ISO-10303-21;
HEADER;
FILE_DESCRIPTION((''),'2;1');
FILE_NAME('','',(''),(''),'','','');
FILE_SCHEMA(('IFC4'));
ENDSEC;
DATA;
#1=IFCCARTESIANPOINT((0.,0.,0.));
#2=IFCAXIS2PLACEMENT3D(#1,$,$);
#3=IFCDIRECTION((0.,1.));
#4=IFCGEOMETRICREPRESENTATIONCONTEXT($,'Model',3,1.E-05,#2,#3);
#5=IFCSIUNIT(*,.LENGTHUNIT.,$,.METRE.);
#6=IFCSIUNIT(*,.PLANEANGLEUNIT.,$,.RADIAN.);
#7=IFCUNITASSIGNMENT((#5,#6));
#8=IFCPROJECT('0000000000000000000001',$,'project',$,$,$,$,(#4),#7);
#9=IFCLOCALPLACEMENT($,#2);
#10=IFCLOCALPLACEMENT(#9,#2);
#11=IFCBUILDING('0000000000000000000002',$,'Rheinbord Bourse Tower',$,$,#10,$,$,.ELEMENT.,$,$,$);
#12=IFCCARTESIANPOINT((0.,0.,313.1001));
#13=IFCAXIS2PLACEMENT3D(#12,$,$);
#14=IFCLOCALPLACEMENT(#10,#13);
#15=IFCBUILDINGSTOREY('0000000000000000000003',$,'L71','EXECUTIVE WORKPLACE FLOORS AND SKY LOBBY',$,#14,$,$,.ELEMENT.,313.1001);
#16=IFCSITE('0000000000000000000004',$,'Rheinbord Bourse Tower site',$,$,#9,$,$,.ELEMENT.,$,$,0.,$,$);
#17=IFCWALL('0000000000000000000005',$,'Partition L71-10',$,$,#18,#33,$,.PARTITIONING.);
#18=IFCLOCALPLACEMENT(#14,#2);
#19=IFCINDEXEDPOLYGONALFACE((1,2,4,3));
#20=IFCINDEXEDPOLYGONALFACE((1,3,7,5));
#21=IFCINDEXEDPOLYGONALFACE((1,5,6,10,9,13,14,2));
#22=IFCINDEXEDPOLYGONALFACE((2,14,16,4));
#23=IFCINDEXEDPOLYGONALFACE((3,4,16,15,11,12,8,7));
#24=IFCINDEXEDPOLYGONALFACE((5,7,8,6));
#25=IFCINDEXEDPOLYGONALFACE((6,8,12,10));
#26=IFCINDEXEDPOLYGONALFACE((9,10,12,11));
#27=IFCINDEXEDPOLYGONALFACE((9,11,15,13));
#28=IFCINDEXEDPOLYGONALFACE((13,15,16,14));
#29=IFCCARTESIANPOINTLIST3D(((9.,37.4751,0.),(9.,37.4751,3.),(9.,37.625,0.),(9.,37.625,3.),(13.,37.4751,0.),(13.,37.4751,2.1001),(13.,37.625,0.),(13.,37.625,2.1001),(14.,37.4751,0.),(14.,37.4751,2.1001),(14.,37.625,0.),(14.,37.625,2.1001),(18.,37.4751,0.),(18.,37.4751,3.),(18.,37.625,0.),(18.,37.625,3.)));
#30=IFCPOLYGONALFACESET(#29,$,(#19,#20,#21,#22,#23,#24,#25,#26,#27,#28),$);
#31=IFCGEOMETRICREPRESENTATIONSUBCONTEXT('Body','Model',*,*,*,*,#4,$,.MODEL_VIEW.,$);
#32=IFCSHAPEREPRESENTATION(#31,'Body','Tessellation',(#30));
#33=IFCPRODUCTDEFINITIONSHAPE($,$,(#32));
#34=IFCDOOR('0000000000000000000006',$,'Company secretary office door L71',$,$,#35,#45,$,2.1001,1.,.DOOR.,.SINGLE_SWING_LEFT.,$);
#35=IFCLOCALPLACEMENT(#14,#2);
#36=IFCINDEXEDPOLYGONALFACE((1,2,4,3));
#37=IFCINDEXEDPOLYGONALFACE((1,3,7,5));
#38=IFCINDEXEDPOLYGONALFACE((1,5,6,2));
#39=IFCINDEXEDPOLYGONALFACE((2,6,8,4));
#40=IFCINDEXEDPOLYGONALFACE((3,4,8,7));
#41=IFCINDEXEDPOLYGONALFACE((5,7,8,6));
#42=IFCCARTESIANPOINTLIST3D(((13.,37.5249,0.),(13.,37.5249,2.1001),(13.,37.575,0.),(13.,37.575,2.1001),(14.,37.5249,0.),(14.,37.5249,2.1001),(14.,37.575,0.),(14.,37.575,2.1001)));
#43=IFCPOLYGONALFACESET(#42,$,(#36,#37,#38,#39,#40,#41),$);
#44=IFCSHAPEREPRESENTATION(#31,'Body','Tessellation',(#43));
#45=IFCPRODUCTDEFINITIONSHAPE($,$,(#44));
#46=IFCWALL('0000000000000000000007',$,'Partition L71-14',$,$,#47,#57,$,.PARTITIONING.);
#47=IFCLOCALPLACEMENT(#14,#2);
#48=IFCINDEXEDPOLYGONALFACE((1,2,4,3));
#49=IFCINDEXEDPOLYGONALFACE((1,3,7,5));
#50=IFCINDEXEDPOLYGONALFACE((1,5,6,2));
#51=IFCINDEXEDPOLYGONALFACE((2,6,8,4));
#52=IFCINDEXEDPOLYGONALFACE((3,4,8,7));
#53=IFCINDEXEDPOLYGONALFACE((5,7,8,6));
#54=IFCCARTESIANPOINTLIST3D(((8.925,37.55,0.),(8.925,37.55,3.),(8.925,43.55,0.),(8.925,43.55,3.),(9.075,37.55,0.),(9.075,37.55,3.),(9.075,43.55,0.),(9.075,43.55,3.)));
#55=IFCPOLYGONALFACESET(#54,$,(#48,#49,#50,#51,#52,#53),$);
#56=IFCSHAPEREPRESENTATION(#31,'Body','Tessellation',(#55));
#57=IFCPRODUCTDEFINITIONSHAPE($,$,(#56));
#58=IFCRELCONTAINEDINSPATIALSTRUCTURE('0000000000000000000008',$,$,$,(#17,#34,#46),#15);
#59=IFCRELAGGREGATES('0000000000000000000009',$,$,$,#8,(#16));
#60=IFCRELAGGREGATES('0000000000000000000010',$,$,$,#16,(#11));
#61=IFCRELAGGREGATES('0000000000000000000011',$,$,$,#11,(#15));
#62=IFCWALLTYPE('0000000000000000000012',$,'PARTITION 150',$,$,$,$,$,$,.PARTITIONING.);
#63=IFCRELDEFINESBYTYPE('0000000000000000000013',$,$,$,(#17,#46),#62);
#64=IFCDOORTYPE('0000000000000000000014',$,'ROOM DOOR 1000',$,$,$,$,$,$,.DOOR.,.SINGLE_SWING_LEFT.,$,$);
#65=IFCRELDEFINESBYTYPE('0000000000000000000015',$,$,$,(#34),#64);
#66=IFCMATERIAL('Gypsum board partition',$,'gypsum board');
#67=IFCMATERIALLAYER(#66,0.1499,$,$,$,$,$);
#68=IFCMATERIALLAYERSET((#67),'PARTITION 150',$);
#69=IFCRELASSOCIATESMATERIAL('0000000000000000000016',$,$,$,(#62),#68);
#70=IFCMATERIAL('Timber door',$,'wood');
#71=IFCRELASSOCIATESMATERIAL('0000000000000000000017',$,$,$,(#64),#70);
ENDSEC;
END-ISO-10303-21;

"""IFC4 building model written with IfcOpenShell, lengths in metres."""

from ifc_helpers import new_model, si_unit, direction, frame, frame_2d, origin, place, context, subcontext, project, spatial, rectangle, extrude, material, layer, layer_set, type_object, element, fill, save


model = new_model("IFC4")

# Units and contexts
model_context = context("Model", 3, precision=1e-05, world=origin(), true_north=direction((0.0, 1.0)))
body_context = subcontext(model_context, "Body", "Model", "MODEL_VIEW")
ifc_project = project(units=[si_unit("LENGTHUNIT", "METRE"), si_unit("PLANEANGLEUNIT", "RADIAN")], contexts=[model_context])

# Site, building, storey
site_placement = place(None, origin())
site = spatial("IfcSite", under=ifc_project, at=site_placement, Name="Rheinbord Bourse Tower site", CompositionType="ELEMENT", RefElevation=0.0)
building_placement = place(site_placement, origin())
building = spatial("IfcBuilding", under=site, at=building_placement, Name="Rheinbord Bourse Tower", CompositionType="ELEMENT")
storey_placement = place(building_placement, frame((0.0, 0.0, 313.1001)))
storey = spatial("IfcBuildingStorey", under=building, at=storey_placement, Name="L71", Description="EXECUTIVE WORKPLACE FLOORS AND SKY LOBBY", CompositionType="ELEMENT", Elevation=313.1001)

# Wall, opening, door
ifc_material_1 = material(Name="Gypsum board partition", Category="gypsum board")
ifc_layer_1 = layer(ifc_material_1, 0.1499)
ifc_layer_set_1 = layer_set([ifc_layer_1], Name="PARTITION 150")
wall_type = type_object("IfcWallType", Name="PARTITION 150", PredefinedType="PARTITIONING", material=ifc_layer_set_1)
wall_1_placement = place(storey_placement, frame((9.0, 37.55, 0.0), z_axis=(0.0, 0.0, 1.0), x_axis=(1.0, 0.0, 0.0)))
wall_1 = element("IfcWall", 1, at=wall_1_placement, inside=storey, type_object=wall_type, Name="Partition L71-10", PredefinedType="PARTITIONING", context=body_context, shape_type="SweptSolid", body=[
    extrude(rectangle(XDim=9.0, YDim=0.1499, at=frame_2d((4.5, 0.0))), origin(), (0.0, 0.0, 1.0), 3.0),
])
opening_placement = place(wall_1_placement, frame((4.0, 0.0, 0.0)))
opening = element("IfcOpeningElement", 2, at=opening_placement, cuts=wall_1, PredefinedType="OPENING", context=body_context, shape_type="SweptSolid", body=[
    extrude(rectangle(XDim=1.0, YDim=2.1001, at=frame_2d((0.5, 1.05))), frame((0.0, 0.085, 0.0), z_axis=(0.0, -1.0, 0.0), x_axis=(1.0, 0.0, 0.0)), (0.0, 0.0, 1.0), 0.1699),
])
ifc_material_2 = material(Name="Timber door", Category="wood")
door_type = type_object("IfcDoorType", Name="ROOM DOOR 1000", OperationType="SINGLE_SWING_LEFT", PredefinedType="DOOR", material=ifc_material_2)
door_placement = place(opening_placement, origin())
door = element("IfcDoor", 3, at=door_placement, inside=storey, type_object=door_type, Name="Company secretary office door L71", OperationType="SINGLE_SWING_LEFT", OverallHeight=2.1001, OverallWidth=1.0, PredefinedType="DOOR", context=body_context, shape_type="SweptSolid", body=[
    extrude(rectangle(XDim=1.0, YDim=2.1001, at=frame_2d((0.5, 1.05))), frame((0.0, 0.0249, 0.0), z_axis=(0.0, -1.0, 0.0), x_axis=(1.0, 0.0, 0.0)), (0.0, 0.0, 1.0), 0.05),
])
fill(opening, door)

# Wall
wall_2_placement = place(storey_placement, frame((9.0, 37.55, 0.0), z_axis=(0.0, 0.0, 1.0), x_axis=(0.0, 1.0, 0.0)))
element("IfcWall", 4, at=wall_2_placement, inside=storey, type_object=wall_type, Name="Partition L71-14", PredefinedType="PARTITIONING", context=body_context, shape_type="SweptSolid", body=[
    extrude(rectangle(XDim=6.0, YDim=0.1499, at=frame_2d((3.0, 0.0))), origin(), (0.0, 0.0, 1.0), 3.0),
])

save(model, "model.ifc")
